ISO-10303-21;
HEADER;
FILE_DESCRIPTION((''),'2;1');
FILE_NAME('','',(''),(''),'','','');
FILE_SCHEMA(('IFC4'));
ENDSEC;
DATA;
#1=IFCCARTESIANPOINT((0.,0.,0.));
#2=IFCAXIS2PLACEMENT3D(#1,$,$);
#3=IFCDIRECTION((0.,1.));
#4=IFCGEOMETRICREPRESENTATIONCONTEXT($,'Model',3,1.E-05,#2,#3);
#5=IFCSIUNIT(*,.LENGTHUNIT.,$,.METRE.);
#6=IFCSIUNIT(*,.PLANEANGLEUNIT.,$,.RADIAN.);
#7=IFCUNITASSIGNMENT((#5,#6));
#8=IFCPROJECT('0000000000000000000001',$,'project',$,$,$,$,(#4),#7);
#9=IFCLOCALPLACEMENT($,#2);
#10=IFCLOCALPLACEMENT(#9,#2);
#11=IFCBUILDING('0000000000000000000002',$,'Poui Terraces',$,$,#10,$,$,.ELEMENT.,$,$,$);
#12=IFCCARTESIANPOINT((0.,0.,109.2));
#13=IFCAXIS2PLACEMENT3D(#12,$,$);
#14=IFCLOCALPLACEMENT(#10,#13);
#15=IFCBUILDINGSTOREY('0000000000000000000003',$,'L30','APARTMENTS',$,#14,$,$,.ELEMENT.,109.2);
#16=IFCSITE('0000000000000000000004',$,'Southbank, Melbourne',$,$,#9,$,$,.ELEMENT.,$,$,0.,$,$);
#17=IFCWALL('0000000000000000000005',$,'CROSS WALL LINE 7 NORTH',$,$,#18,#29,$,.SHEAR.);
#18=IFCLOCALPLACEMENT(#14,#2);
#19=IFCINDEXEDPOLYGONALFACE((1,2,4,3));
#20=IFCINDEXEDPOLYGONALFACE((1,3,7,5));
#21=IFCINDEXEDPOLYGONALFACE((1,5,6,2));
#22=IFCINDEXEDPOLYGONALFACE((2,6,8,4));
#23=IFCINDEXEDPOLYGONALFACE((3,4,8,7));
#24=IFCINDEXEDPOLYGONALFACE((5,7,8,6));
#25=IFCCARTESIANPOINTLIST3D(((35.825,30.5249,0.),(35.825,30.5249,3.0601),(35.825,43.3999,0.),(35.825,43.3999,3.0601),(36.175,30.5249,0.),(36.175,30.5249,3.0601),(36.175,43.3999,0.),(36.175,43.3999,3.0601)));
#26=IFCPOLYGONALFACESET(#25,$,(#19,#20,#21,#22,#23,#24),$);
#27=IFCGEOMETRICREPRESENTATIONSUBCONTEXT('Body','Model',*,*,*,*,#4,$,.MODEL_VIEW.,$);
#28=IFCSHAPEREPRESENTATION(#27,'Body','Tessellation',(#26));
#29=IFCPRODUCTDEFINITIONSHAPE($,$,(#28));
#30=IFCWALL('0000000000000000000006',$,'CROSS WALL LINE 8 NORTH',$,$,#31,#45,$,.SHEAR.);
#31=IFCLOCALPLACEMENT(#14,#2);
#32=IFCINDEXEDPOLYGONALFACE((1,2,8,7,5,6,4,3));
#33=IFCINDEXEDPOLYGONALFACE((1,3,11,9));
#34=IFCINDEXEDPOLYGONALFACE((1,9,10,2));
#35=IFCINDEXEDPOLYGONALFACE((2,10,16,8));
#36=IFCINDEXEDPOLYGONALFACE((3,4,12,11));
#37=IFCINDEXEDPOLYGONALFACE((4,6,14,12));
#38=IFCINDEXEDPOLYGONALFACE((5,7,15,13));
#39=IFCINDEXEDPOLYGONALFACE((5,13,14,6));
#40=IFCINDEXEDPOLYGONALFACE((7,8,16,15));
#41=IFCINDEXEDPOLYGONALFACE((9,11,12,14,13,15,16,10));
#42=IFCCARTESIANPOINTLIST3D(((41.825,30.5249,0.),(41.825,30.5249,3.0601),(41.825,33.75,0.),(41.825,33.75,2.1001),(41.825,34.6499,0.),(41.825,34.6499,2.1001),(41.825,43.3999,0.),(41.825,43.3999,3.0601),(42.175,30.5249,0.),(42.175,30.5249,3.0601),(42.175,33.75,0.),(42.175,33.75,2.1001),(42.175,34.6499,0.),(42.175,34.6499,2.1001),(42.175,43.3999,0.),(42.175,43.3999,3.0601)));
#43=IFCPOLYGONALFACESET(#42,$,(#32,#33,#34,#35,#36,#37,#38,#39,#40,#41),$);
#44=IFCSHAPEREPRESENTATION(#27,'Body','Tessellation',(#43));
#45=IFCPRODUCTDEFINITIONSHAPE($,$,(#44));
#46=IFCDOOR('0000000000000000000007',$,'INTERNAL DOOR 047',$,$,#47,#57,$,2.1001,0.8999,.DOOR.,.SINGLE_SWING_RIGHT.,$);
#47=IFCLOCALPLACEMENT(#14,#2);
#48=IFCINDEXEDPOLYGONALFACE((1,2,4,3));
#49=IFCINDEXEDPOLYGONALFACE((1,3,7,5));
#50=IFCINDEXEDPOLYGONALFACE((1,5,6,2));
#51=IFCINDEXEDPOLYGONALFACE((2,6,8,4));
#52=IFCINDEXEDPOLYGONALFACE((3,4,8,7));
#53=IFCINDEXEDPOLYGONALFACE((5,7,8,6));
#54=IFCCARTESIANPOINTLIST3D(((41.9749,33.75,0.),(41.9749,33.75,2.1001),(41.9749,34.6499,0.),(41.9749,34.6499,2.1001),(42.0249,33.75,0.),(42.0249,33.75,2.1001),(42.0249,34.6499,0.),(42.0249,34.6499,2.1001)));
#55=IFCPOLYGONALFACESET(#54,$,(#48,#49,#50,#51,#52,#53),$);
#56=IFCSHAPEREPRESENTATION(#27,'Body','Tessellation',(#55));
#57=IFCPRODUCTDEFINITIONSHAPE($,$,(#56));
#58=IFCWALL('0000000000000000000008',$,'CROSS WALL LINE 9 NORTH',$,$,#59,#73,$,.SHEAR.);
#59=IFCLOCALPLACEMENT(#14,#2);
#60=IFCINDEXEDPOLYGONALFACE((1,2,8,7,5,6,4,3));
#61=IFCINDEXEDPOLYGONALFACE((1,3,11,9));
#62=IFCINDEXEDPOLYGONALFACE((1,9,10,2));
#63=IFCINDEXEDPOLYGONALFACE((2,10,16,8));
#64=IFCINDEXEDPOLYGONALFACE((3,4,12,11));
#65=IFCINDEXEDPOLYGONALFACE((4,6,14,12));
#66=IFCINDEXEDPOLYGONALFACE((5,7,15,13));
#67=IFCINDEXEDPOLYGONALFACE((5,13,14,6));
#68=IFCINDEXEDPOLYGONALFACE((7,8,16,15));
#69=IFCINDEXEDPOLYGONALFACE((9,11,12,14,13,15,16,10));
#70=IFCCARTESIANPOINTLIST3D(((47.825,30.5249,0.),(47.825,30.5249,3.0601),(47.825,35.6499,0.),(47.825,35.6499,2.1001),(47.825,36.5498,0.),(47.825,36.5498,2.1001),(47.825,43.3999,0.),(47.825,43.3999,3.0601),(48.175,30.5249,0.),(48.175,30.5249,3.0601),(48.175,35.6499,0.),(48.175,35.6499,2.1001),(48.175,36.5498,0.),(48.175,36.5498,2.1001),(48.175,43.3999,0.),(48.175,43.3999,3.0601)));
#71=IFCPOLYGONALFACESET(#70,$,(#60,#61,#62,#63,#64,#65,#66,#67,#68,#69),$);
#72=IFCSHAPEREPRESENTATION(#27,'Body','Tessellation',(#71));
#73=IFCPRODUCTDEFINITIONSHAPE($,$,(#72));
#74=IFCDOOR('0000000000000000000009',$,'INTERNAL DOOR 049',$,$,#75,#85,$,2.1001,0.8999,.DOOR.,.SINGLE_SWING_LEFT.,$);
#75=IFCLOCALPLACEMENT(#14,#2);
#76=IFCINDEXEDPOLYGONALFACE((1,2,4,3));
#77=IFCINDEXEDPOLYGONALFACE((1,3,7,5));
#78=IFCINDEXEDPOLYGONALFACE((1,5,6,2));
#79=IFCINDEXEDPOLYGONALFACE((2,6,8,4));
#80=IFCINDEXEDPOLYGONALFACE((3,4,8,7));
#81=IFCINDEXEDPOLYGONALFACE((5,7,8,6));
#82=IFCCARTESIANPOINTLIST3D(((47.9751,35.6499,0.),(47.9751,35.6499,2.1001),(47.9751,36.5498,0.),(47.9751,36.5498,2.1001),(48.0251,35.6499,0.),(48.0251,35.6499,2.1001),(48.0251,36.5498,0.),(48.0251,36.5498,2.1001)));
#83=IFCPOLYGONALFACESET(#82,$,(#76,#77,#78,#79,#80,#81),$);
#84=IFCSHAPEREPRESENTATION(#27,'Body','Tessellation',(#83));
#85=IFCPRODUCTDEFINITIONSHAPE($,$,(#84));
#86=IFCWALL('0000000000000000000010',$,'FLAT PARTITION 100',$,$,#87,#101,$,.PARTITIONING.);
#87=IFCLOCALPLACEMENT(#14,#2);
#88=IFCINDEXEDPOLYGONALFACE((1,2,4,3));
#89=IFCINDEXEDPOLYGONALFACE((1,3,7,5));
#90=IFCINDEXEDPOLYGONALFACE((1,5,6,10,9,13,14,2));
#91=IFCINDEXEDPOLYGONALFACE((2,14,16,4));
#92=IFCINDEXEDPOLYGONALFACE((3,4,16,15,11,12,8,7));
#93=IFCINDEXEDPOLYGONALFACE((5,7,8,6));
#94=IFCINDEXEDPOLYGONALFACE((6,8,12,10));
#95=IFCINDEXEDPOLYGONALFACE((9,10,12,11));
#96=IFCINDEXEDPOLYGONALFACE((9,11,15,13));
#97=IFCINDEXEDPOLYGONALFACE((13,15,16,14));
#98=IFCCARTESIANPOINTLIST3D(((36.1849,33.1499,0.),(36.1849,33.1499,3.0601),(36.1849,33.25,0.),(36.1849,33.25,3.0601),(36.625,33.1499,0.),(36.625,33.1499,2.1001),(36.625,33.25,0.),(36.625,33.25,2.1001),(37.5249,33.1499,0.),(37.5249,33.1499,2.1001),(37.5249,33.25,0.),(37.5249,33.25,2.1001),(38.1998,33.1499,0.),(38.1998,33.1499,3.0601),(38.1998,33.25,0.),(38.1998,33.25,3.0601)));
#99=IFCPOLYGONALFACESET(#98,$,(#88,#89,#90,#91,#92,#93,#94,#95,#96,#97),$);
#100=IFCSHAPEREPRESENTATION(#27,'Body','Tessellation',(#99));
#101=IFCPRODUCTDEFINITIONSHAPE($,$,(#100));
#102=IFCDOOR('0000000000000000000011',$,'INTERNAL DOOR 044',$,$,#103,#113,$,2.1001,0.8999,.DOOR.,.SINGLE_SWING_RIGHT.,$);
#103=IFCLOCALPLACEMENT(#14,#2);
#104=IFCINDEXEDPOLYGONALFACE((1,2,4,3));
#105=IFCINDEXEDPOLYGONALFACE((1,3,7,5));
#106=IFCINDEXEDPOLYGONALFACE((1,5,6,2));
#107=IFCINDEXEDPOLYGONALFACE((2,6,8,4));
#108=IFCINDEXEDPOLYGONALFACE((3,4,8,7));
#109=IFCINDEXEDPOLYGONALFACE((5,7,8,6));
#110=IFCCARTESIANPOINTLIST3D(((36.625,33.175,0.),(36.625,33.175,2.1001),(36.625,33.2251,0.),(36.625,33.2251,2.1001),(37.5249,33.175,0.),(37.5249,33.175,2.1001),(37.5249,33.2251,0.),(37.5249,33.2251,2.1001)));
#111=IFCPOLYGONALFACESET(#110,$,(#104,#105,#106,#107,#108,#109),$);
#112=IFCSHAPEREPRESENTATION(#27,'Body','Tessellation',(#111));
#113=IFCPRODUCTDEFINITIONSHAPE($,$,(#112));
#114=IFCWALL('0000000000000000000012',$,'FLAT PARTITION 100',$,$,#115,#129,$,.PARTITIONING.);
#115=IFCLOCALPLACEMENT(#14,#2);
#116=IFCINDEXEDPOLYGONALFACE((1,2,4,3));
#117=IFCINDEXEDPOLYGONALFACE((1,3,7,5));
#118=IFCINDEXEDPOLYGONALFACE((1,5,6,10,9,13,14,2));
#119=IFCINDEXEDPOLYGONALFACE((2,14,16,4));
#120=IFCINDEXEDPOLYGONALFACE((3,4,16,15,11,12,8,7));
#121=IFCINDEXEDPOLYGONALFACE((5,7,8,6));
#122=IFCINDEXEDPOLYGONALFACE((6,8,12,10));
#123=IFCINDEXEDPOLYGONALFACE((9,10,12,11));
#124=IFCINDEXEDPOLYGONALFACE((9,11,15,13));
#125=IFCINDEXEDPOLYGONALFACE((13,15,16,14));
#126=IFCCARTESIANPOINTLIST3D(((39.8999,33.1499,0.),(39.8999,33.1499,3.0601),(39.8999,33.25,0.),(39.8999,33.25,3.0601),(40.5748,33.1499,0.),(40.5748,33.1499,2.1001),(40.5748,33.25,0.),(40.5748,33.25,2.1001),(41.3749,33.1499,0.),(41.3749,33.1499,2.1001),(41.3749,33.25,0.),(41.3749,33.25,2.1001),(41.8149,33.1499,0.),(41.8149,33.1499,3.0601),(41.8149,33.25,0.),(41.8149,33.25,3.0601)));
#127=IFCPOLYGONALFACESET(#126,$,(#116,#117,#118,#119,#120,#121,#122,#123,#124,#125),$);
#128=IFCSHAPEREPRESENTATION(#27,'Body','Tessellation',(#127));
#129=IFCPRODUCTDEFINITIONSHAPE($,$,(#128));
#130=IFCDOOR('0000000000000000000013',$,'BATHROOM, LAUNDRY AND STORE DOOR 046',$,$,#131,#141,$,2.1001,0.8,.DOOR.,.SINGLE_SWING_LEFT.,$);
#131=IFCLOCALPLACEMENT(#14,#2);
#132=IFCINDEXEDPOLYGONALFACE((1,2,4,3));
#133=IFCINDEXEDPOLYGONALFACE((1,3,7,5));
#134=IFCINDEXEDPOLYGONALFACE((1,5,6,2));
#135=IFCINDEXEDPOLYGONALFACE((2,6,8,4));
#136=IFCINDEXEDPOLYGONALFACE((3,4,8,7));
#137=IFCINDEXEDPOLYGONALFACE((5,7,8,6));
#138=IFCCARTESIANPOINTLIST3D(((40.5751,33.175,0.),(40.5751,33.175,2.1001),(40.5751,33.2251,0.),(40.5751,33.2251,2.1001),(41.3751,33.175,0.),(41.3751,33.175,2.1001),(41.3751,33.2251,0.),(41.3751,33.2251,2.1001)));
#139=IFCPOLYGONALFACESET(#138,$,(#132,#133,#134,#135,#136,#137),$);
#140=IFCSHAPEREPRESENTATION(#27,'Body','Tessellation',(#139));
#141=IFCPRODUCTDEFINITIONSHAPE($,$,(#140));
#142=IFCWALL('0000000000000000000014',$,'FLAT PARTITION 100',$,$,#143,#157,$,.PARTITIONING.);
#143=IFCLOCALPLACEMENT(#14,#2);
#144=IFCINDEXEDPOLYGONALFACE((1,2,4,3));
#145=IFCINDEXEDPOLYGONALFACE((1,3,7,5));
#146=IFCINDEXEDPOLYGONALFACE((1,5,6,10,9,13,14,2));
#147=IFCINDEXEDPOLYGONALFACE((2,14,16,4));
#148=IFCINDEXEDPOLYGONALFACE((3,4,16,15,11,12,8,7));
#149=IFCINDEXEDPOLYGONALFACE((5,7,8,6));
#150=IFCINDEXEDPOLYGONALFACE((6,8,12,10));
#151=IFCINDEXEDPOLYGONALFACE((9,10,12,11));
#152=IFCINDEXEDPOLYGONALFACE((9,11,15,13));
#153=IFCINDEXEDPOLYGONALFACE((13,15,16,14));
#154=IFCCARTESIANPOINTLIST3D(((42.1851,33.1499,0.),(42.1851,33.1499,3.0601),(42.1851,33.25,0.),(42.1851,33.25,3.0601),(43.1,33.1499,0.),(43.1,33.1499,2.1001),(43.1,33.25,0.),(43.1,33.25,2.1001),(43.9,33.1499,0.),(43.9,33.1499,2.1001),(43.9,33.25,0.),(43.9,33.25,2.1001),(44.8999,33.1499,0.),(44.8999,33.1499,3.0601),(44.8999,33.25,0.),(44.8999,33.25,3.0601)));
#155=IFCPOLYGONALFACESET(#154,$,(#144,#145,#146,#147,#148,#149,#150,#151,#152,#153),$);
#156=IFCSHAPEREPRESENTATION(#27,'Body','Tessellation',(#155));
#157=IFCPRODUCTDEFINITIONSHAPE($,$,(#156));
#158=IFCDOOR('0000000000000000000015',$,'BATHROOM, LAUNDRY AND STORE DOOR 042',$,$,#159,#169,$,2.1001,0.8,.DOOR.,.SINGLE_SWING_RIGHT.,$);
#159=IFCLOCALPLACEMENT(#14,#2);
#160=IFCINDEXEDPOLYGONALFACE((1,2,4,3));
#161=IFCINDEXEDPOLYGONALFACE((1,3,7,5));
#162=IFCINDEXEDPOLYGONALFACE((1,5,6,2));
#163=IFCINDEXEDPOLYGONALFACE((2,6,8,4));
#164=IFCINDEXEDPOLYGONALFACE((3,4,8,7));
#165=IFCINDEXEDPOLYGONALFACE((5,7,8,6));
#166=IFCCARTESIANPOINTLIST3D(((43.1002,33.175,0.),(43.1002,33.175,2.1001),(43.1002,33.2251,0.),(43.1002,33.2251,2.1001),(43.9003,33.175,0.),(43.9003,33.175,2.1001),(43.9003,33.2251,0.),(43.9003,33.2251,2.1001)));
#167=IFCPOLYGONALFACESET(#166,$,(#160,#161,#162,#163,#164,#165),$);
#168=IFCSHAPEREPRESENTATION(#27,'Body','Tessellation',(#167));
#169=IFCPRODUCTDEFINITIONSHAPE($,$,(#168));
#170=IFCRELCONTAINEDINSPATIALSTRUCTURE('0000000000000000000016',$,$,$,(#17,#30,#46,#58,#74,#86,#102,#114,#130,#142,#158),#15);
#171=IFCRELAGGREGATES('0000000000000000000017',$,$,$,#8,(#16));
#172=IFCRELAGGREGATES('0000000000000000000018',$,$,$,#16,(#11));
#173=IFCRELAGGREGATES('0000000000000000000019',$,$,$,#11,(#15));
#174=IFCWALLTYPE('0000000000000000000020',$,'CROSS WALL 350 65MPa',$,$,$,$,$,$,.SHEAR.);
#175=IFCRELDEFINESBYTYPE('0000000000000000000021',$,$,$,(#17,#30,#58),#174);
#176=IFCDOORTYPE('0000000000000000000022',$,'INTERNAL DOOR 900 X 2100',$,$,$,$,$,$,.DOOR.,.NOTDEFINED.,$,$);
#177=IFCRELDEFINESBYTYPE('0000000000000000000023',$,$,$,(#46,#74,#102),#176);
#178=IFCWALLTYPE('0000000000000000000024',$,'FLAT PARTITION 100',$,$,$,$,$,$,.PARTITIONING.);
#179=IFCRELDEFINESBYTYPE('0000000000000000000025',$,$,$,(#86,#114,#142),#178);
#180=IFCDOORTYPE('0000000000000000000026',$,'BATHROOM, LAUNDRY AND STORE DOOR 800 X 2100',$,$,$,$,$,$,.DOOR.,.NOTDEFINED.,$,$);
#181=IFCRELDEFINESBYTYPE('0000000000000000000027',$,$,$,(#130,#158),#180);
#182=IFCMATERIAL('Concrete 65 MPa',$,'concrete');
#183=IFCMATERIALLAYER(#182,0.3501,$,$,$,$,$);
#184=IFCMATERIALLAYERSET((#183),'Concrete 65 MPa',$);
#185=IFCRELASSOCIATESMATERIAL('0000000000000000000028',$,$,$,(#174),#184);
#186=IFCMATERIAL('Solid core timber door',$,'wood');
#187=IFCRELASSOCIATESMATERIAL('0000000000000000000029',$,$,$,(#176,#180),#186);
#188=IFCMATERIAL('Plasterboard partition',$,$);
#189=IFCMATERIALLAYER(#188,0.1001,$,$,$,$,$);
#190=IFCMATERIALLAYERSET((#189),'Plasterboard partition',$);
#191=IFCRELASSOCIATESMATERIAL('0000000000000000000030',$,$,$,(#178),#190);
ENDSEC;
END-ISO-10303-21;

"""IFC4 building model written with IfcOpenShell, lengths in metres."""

from ifc_helpers import new_model, si_unit, direction, frame, frame_2d, origin, place, context, subcontext, project, spatial, rectangle, extrude, material, layer, layer_set, type_object, element, fill, save


model = new_model("IFC4")

# Units and contexts
model_context = context("Model", 3, precision=1e-05, world=origin(), true_north=direction((0.0, 1.0)))
body_context = subcontext(model_context, "Body", "Model", "MODEL_VIEW")
ifc_project = project(units=[si_unit("LENGTHUNIT", "METRE"), si_unit("PLANEANGLEUNIT", "RADIAN")], contexts=[model_context])

# Site, building, storey
site_placement = place(None, origin())
site = spatial("IfcSite", under=ifc_project, at=site_placement, Name="Southbank, Melbourne", CompositionType="ELEMENT", RefElevation=0.0)
building_placement = place(site_placement, origin())
building = spatial("IfcBuilding", under=site, at=building_placement, Name="Poui Terraces", CompositionType="ELEMENT")
storey_placement = place(building_placement, frame((0.0, 0.0, 109.2)))
storey = spatial("IfcBuildingStorey", under=building, at=storey_placement, Name="L30", Description="APARTMENTS", CompositionType="ELEMENT", Elevation=109.2)

# Wall
ifc_material_1 = material(Name="Concrete 65 MPa", Category="concrete")
ifc_layer_1 = layer(ifc_material_1, 0.3501)
ifc_layer_set_1 = layer_set([ifc_layer_1], Name="Concrete 65 MPa")
wall_type_1 = type_object("IfcWallType", Name="CROSS WALL 350 65MPa", PredefinedType="SHEAR", material=ifc_layer_set_1)
wall_1_placement = place(storey_placement, frame((36.0, 30.5249, 0.0), z_axis=(0.0, 0.0, 1.0), x_axis=(0.0, 1.0, 0.0)))
element("IfcWall", 1, at=wall_1_placement, inside=storey, type_object=wall_type_1, Name="CROSS WALL LINE 7 NORTH", PredefinedType="SHEAR", context=body_context, shape_type="SweptSolid", body=[
    extrude(rectangle(XDim=12.875, YDim=0.3501, at=frame_2d((6.4375, 0.0))), origin(), (0.0, 0.0, 1.0), 3.0601),
])

# Walls, openings, doors
wall_2_placement = place(storey_placement, frame((42.0, 30.5249, 0.0), z_axis=(0.0, 0.0, 1.0), x_axis=(0.0, 1.0, 0.0)))
wall_2 = element("IfcWall", 2, at=wall_2_placement, inside=storey, type_object=wall_type_1, Name="CROSS WALL LINE 8 NORTH", PredefinedType="SHEAR", context=body_context, shape_type="SweptSolid", body=[
    extrude(rectangle(XDim=12.875, YDim=0.3501, at=frame_2d((6.4375, 0.0))), origin(), (0.0, 0.0, 1.0), 3.0601),
])
opening_1_placement = place(wall_2_placement, frame((3.2251, 0.0, 0.0)))
opening_1 = element("IfcOpeningElement", 3, at=opening_1_placement, cuts=wall_2, PredefinedType="OPENING", context=body_context, shape_type="SweptSolid", body=[
    extrude(rectangle(XDim=0.8999, YDim=2.1001, at=frame_2d((0.45, 1.05))), frame((0.0, 0.1851, 0.0), z_axis=(0.0, -1.0, 0.0), x_axis=(1.0, 0.0, 0.0)), (0.0, 0.0, 1.0), 0.3701),
])
ifc_material_2 = material(Name="Solid core timber door", Category="wood")
door_type_1 = type_object("IfcDoorType", Name="INTERNAL DOOR 900 X 2100", OperationType="NOTDEFINED", PredefinedType="DOOR", material=ifc_material_2)
door_1_placement = place(opening_1_placement, frame((0.8999, 0.0, 0.0), z_axis=(0.0, 0.0, 1.0), x_axis=(-1.0, 0.0, 0.0)))
door_1 = element("IfcDoor", 4, at=door_1_placement, inside=storey, type_object=door_type_1, Name="INTERNAL DOOR 047", OperationType="SINGLE_SWING_RIGHT", OverallHeight=2.1001, OverallWidth=0.8999, PredefinedType="DOOR", context=body_context, shape_type="SweptSolid", body=[
    extrude(rectangle(XDim=0.8999, YDim=2.1001, at=frame_2d((0.45, 1.05))), frame((0.0, 0.0249, 0.0), z_axis=(0.0, -1.0, 0.0), x_axis=(1.0, 0.0, 0.0)), (0.0, 0.0, 1.0), 0.05),
])
fill(opening_1, door_1)
wall_3_placement = place(storey_placement, frame((48.0, 30.5249, 0.0), z_axis=(0.0, 0.0, 1.0), x_axis=(0.0, 1.0, 0.0)))
wall_3 = element("IfcWall", 5, at=wall_3_placement, inside=storey, type_object=wall_type_1, Name="CROSS WALL LINE 9 NORTH", PredefinedType="SHEAR", context=body_context, shape_type="SweptSolid", body=[
    extrude(rectangle(XDim=12.875, YDim=0.3501, at=frame_2d((6.4375, 0.0))), origin(), (0.0, 0.0, 1.0), 3.0601),
])
opening_2_placement = place(wall_3_placement, frame((5.125, 0.0, 0.0)))
opening_2 = element("IfcOpeningElement", 6, at=opening_2_placement, cuts=wall_3, PredefinedType="OPENING", context=body_context, shape_type="SweptSolid", body=[
    extrude(rectangle(XDim=0.8999, YDim=2.1001, at=frame_2d((0.45, 1.05))), frame((0.0, 0.1851, 0.0), z_axis=(0.0, -1.0, 0.0), x_axis=(1.0, 0.0, 0.0)), (0.0, 0.0, 1.0), 0.3701),
])
door_2_placement = place(opening_2_placement, origin())
door_2 = element("IfcDoor", 7, at=door_2_placement, inside=storey, type_object=door_type_1, Name="INTERNAL DOOR 049", OperationType="SINGLE_SWING_LEFT", OverallHeight=2.1001, OverallWidth=0.8999, PredefinedType="DOOR", context=body_context, shape_type="SweptSolid", body=[
    extrude(rectangle(XDim=0.8999, YDim=2.1001, at=frame_2d((0.45, 1.05))), frame((0.0, 0.0249, 0.0), z_axis=(0.0, -1.0, 0.0), x_axis=(1.0, 0.0, 0.0)), (0.0, 0.0, 1.0), 0.05),
])
fill(opening_2, door_2)
ifc_material_3 = material(Name="Plasterboard partition")
ifc_layer_2 = layer(ifc_material_3, 0.1001)
ifc_layer_set_2 = layer_set([ifc_layer_2], Name="Plasterboard partition")
wall_type_2 = type_object("IfcWallType", Name="FLAT PARTITION 100", PredefinedType="PARTITIONING", material=ifc_layer_set_2)
wall_4_placement = place(storey_placement, frame((36.1851, 33.2, 0.0), z_axis=(0.0, 0.0, 1.0), x_axis=(1.0, 0.0, 0.0)))
wall_4 = element("IfcWall", 8, at=wall_4_placement, inside=storey, type_object=wall_type_2, Name="FLAT PARTITION 100", PredefinedType="PARTITIONING", context=body_context, shape_type="SweptSolid", body=[
    extrude(rectangle(XDim=2.0149, YDim=0.1001, at=frame_2d((1.0073, 0.0))), origin(), (0.0, 0.0, 1.0), 3.0601),
])
opening_3_placement = place(wall_4_placement, frame((0.4399, 0.0, 0.0)))
opening_3 = element("IfcOpeningElement", 9, at=opening_3_placement, cuts=wall_4, PredefinedType="OPENING", context=body_context, shape_type="SweptSolid", body=[
    extrude(rectangle(XDim=0.8999, YDim=2.1001, at=frame_2d((0.45, 1.05))), frame((0.0, 0.0601, 0.0), z_axis=(0.0, -1.0, 0.0), x_axis=(1.0, 0.0, 0.0)), (0.0, 0.0, 1.0), 0.1201),
])
door_3_placement = place(opening_3_placement, frame((0.8999, 0.0, 0.0), z_axis=(0.0, 0.0, 1.0), x_axis=(-1.0, 0.0, 0.0)))
door_3 = element("IfcDoor", 10, at=door_3_placement, inside=storey, type_object=door_type_1, Name="INTERNAL DOOR 044", OperationType="SINGLE_SWING_RIGHT", OverallHeight=2.1001, OverallWidth=0.8999, PredefinedType="DOOR", context=body_context, shape_type="SweptSolid", body=[
    extrude(rectangle(XDim=0.8999, YDim=2.1001, at=frame_2d((0.45, 1.05))), frame((0.0, 0.0249, 0.0), z_axis=(0.0, -1.0, 0.0), x_axis=(1.0, 0.0, 0.0)), (0.0, 0.0, 1.0), 0.05),
])
fill(opening_3, door_3)
wall_5_placement = place(storey_placement, frame((39.8999, 33.2, 0.0), z_axis=(0.0, 0.0, 1.0), x_axis=(1.0, 0.0, 0.0)))
wall_5 = element("IfcWall", 11, at=wall_5_placement, inside=storey, type_object=wall_type_2, Name="FLAT PARTITION 100", PredefinedType="PARTITIONING", context=body_context, shape_type="SweptSolid", body=[
    extrude(rectangle(XDim=1.915, YDim=0.1001, at=frame_2d((0.9575, 0.0))), origin(), (0.0, 0.0, 1.0), 3.0601),
])
opening_4_placement = place(wall_5_placement, frame((0.675, 0.0, 0.0)))
opening_4 = element("IfcOpeningElement", 12, at=opening_4_placement, cuts=wall_5, PredefinedType="OPENING", context=body_context, shape_type="SweptSolid", body=[
    extrude(rectangle(XDim=0.8, YDim=2.1001, at=frame_2d((0.3999, 1.05))), frame((0.0, 0.0601, 0.0), z_axis=(0.0, -1.0, 0.0), x_axis=(1.0, 0.0, 0.0)), (0.0, 0.0, 1.0), 0.1201),
])
door_type_2 = type_object("IfcDoorType", Name="BATHROOM, LAUNDRY AND STORE DOOR 800 X 2100", OperationType="NOTDEFINED", PredefinedType="DOOR", material=ifc_material_2)
door_4_placement = place(opening_4_placement, frame((0.8, 0.0, 0.0), z_axis=(0.0, 0.0, 1.0), x_axis=(-1.0, 0.0, 0.0)))
door_4 = element("IfcDoor", 13, at=door_4_placement, inside=storey, type_object=door_type_2, Name="BATHROOM, LAUNDRY AND STORE DOOR 046", OperationType="SINGLE_SWING_LEFT", OverallHeight=2.1001, OverallWidth=0.8, PredefinedType="DOOR", context=body_context, shape_type="SweptSolid", body=[
    extrude(rectangle(XDim=0.8, YDim=2.1001, at=frame_2d((0.3999, 1.05))), frame((0.0, 0.0249, 0.0), z_axis=(0.0, -1.0, 0.0), x_axis=(1.0, 0.0, 0.0)), (0.0, 0.0, 1.0), 0.05),
])
fill(opening_4, door_4)
wall_6_placement = place(storey_placement, frame((42.1851, 33.2, 0.0), z_axis=(0.0, 0.0, 1.0), x_axis=(1.0, 0.0, 0.0)))
wall_6 = element("IfcWall", 14, at=wall_6_placement, inside=storey, type_object=wall_type_2, Name="FLAT PARTITION 100", PredefinedType="PARTITIONING", context=body_context, shape_type="SweptSolid", body=[
    extrude(rectangle(XDim=2.7148, YDim=0.1001, at=frame_2d((1.3574, 0.0))), origin(), (0.0, 0.0, 1.0), 3.0601),
])
opening_5_placement = place(wall_6_placement, frame((0.915, 0.0, 0.0)))
opening_5 = element("IfcOpeningElement", 15, at=opening_5_placement, cuts=wall_6, PredefinedType="OPENING", context=body_context, shape_type="SweptSolid", body=[
    extrude(rectangle(XDim=0.8, YDim=2.1001, at=frame_2d((0.3999, 1.05))), frame((0.0, 0.0601, 0.0), z_axis=(0.0, -1.0, 0.0), x_axis=(1.0, 0.0, 0.0)), (0.0, 0.0, 1.0), 0.1201),
])
door_5_placement = place(opening_5_placement, frame((0.8, 0.0, 0.0), z_axis=(0.0, 0.0, 1.0), x_axis=(-1.0, 0.0, 0.0)))
door_5 = element("IfcDoor", 16, at=door_5_placement, inside=storey, type_object=door_type_2, Name="BATHROOM, LAUNDRY AND STORE DOOR 042", OperationType="SINGLE_SWING_RIGHT", OverallHeight=2.1001, OverallWidth=0.8, PredefinedType="DOOR", context=body_context, shape_type="SweptSolid", body=[
    extrude(rectangle(XDim=0.8, YDim=2.1001, at=frame_2d((0.3999, 1.05))), frame((0.0, 0.0249, 0.0), z_axis=(0.0, -1.0, 0.0), x_axis=(1.0, 0.0, 0.0)), (0.0, 0.0, 1.0), 0.05),
])
fill(opening_5, door_5)

save(model, "model.ifc")
